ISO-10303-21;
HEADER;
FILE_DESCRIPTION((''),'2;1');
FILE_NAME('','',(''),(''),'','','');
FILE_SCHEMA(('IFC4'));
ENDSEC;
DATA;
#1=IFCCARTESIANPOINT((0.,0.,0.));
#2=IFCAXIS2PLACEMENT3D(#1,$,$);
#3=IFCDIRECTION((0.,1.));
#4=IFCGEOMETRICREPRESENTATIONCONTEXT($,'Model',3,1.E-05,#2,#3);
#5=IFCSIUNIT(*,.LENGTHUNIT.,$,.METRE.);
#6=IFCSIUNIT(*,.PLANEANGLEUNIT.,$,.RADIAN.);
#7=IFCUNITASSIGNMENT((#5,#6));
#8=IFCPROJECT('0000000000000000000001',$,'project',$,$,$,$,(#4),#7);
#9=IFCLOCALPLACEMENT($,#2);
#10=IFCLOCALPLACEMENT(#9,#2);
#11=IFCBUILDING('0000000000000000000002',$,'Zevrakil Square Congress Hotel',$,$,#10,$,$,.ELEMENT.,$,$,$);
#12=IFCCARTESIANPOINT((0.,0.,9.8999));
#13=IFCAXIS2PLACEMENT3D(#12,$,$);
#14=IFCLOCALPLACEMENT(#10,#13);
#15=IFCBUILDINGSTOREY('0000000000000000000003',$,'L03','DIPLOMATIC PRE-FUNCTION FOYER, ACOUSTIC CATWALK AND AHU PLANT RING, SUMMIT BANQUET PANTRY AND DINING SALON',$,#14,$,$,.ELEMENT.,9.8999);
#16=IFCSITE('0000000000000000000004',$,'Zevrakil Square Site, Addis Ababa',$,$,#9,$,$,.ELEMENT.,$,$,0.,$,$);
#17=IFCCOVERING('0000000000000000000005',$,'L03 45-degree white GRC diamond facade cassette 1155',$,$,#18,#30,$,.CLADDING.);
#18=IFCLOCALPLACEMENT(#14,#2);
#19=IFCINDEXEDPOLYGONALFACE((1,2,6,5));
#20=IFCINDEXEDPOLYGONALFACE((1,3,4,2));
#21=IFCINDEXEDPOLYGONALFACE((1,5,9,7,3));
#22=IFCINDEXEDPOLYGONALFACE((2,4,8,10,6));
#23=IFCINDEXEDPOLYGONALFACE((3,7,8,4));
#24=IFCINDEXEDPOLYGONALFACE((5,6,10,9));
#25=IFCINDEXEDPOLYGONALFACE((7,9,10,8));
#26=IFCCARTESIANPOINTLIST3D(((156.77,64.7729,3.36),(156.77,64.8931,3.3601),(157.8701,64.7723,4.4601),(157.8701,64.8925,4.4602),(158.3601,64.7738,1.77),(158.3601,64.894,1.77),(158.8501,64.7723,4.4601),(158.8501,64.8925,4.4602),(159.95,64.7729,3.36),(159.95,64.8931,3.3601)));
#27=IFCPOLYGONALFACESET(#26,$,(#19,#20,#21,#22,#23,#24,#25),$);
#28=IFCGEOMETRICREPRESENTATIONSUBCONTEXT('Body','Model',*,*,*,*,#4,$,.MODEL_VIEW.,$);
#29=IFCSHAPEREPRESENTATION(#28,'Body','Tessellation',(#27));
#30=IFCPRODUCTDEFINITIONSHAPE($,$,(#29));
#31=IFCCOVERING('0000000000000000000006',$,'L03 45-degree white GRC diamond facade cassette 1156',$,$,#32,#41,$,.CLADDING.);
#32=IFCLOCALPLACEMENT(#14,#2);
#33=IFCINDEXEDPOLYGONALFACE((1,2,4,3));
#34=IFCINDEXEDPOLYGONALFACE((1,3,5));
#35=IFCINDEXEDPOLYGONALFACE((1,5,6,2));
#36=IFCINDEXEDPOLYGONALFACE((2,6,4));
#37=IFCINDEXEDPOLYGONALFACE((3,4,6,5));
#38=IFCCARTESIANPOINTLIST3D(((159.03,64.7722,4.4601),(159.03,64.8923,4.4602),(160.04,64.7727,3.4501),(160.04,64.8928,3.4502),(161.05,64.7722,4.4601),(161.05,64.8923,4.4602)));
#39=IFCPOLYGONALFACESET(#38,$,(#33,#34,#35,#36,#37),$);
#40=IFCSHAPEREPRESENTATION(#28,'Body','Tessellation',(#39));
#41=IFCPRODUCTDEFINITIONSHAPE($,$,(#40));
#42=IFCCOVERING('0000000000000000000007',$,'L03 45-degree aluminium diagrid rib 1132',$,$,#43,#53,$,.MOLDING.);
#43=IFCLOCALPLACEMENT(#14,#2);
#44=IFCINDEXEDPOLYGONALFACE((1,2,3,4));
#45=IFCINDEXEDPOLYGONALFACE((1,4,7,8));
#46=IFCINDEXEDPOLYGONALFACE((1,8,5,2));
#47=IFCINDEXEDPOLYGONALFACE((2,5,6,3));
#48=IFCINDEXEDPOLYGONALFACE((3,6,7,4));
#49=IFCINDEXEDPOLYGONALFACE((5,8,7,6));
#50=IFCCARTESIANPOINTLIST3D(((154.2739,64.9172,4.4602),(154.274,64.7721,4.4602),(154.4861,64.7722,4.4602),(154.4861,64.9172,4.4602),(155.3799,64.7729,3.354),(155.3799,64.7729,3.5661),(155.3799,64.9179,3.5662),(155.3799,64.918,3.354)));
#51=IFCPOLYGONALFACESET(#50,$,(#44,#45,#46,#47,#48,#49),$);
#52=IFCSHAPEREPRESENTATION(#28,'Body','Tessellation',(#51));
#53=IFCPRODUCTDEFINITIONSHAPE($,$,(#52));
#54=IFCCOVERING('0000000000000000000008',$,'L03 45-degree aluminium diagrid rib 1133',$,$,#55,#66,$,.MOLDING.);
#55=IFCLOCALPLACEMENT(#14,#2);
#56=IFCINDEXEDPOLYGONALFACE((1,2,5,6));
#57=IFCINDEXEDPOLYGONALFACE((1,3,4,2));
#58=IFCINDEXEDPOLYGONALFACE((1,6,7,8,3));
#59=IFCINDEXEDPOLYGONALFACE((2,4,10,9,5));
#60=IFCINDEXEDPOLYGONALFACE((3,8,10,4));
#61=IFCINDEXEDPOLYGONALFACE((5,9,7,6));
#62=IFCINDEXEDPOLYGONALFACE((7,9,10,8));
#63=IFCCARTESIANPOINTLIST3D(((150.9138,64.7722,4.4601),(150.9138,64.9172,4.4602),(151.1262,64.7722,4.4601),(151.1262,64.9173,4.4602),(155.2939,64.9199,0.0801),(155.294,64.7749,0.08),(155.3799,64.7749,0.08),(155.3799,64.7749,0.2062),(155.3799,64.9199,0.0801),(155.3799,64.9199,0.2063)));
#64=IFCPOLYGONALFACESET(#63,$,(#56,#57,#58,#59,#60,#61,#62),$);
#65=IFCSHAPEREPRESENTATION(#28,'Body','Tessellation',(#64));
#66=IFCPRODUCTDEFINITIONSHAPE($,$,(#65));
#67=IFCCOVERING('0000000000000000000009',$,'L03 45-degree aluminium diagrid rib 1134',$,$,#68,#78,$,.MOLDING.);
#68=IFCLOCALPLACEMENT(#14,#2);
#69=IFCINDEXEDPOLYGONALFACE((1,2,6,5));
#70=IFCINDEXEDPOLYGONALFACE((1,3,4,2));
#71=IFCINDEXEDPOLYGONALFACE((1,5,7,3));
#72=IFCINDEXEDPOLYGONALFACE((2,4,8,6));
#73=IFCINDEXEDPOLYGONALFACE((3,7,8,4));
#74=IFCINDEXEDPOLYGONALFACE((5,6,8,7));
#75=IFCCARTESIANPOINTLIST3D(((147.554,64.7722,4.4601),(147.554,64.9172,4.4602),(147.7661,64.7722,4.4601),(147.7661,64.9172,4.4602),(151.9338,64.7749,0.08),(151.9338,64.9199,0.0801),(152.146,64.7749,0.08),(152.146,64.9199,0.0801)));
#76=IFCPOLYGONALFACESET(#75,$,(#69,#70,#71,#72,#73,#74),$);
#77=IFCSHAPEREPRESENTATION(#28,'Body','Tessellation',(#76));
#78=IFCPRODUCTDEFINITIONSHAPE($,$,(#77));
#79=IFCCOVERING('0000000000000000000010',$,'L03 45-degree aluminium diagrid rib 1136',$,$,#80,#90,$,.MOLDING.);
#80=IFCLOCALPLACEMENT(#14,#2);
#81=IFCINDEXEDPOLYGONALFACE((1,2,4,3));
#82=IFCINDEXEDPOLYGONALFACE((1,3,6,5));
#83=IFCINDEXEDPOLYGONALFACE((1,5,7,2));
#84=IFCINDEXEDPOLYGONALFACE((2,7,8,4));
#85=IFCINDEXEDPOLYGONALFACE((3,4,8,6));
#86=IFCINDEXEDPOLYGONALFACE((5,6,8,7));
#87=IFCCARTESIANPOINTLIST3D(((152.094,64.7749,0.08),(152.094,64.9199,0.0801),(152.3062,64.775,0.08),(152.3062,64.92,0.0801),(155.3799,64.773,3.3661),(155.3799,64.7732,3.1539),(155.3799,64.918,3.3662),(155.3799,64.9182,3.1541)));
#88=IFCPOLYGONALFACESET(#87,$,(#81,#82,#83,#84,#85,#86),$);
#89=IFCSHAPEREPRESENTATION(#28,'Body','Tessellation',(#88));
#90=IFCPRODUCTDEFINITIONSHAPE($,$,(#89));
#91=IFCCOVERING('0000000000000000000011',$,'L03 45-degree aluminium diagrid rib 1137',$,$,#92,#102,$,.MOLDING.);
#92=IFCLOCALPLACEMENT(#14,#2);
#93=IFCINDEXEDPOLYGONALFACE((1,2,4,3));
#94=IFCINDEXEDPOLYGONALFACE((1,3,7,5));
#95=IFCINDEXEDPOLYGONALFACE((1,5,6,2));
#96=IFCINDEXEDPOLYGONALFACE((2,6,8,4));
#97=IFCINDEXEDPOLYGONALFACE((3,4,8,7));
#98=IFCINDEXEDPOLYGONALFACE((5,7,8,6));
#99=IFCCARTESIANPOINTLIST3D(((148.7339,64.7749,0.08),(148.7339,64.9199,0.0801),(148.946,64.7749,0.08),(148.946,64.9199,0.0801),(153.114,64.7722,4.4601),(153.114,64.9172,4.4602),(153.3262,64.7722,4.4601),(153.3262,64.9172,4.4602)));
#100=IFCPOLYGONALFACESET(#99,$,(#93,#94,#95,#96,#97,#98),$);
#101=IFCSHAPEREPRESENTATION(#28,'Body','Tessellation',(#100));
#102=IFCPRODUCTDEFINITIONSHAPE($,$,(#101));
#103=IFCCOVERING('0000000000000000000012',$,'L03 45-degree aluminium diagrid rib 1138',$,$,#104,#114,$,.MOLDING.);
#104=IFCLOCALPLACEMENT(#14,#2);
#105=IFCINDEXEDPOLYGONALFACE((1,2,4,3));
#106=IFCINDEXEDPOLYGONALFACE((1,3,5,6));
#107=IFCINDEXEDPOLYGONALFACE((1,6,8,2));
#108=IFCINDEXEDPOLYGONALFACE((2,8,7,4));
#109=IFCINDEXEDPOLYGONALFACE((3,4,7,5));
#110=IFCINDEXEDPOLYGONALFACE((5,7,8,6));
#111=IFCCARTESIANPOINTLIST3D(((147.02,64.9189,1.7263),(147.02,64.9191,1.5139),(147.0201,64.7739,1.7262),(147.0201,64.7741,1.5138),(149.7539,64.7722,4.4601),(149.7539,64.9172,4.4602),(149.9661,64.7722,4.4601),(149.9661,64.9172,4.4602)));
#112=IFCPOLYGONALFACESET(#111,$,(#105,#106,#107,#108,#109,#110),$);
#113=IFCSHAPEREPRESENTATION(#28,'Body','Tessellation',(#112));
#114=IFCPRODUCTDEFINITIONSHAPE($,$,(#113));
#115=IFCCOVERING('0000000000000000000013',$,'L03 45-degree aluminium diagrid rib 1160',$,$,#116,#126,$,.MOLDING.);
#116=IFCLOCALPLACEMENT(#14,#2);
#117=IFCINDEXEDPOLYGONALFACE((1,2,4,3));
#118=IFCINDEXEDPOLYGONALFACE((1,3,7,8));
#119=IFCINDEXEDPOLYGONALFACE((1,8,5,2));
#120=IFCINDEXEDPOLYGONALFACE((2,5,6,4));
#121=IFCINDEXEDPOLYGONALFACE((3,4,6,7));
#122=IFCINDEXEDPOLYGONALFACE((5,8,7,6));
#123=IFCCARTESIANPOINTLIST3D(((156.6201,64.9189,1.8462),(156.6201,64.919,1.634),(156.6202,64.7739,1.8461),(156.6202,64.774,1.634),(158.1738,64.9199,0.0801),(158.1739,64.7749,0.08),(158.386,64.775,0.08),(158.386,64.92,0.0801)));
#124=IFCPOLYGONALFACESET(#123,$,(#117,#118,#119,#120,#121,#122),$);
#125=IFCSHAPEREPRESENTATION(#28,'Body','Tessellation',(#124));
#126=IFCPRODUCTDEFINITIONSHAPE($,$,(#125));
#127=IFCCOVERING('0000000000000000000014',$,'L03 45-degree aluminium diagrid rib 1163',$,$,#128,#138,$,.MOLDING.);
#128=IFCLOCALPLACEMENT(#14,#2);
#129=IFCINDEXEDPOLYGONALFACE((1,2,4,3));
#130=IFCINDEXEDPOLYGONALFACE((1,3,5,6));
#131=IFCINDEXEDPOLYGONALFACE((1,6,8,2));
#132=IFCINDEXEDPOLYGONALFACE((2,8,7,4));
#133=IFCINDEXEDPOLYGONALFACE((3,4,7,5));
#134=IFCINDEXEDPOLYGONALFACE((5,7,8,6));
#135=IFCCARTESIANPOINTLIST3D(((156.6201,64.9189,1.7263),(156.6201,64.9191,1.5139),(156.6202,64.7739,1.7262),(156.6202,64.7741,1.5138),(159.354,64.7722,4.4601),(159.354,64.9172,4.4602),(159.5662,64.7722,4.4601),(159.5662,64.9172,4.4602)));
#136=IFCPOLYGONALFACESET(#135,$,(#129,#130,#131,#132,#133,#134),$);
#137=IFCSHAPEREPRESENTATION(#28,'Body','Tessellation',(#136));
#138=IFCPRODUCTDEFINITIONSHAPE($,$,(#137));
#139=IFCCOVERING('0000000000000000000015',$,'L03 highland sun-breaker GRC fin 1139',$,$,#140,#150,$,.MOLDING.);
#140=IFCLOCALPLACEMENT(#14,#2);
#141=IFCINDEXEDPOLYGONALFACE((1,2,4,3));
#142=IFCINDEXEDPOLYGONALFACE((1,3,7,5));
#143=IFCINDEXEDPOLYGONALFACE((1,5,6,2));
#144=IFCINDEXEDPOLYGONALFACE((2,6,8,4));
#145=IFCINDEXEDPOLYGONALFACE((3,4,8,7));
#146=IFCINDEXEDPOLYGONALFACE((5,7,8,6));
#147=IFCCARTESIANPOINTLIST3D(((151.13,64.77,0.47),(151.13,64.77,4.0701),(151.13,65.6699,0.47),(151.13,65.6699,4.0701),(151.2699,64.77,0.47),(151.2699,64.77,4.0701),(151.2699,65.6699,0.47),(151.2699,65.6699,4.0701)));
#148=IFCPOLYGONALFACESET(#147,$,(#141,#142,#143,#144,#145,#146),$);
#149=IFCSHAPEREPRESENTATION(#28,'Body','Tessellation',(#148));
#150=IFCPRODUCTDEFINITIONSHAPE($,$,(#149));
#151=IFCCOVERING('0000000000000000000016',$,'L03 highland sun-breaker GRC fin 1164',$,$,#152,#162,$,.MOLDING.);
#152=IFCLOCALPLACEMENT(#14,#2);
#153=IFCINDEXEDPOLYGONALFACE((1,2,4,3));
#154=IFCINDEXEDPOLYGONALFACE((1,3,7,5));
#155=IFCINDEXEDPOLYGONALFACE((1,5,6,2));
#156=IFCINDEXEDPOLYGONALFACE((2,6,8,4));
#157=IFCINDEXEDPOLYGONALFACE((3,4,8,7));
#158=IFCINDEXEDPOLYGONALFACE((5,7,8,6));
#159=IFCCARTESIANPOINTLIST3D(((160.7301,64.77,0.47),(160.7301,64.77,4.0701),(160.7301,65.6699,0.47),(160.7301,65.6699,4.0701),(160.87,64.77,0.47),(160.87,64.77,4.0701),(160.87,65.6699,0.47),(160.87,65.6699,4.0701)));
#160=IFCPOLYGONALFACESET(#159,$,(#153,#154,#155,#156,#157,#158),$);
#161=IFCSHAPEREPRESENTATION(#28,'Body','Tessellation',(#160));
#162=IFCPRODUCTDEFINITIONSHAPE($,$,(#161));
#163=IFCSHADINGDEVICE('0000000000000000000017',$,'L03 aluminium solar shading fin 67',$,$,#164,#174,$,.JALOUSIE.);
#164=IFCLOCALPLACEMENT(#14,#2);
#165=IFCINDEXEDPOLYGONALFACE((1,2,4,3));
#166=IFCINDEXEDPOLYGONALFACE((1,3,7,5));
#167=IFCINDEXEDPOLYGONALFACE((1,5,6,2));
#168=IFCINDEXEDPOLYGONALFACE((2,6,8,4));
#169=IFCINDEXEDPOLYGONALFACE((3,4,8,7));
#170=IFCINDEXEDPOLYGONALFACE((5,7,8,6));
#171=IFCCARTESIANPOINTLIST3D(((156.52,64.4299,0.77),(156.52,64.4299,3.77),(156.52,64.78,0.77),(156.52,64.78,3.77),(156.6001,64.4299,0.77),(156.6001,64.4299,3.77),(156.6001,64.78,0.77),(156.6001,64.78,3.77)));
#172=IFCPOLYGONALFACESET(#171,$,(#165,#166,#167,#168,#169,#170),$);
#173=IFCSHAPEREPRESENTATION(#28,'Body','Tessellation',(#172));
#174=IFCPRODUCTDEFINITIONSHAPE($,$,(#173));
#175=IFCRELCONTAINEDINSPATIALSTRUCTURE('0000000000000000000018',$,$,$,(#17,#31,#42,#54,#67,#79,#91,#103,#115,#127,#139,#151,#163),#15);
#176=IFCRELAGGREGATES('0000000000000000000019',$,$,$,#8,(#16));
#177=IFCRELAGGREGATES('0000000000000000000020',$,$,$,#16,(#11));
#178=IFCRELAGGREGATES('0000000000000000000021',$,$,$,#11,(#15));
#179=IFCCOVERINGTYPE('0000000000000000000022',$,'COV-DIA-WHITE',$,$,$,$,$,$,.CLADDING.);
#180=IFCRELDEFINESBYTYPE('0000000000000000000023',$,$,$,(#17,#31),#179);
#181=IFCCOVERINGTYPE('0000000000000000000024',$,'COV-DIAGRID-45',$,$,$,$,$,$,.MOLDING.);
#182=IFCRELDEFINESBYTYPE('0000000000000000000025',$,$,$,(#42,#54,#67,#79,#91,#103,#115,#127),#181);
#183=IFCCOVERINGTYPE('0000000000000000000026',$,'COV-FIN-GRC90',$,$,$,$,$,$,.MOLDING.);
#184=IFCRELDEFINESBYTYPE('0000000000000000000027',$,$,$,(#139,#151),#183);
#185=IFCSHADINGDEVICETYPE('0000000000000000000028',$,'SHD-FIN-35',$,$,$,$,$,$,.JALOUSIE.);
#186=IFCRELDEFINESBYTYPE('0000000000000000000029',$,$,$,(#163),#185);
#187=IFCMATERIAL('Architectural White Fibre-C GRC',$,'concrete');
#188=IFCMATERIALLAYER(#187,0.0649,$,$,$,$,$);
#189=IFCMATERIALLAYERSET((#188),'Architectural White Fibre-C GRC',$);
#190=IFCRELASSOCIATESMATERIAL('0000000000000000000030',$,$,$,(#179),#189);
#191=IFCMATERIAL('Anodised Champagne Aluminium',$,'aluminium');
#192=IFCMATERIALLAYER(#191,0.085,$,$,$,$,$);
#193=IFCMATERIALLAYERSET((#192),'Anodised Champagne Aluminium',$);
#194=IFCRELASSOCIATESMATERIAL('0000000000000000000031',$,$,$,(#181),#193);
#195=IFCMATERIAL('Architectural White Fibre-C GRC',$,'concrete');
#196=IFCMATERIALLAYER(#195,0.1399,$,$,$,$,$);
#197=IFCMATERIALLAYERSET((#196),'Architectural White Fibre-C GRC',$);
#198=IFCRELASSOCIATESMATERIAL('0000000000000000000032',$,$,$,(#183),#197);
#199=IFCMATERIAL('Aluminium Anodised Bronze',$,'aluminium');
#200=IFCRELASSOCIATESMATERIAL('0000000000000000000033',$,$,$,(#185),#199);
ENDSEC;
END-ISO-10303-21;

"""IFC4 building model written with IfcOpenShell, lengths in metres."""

from ifc_helpers import new_model, si_unit, direction, frame, origin, origin_2d, place, context, subcontext, project, spatial, polyline, rectangle, outline, extrude, material, layer, layer_set, type_object, element, save


model = new_model("IFC4")

# Units and contexts
model_context = context("Model", 3, precision=1e-05, world=origin(), true_north=direction((0.0, 1.0)))
body_context = subcontext(model_context, "Body", "Model", "MODEL_VIEW")
ifc_project = project(units=[si_unit("LENGTHUNIT", "METRE"), si_unit("PLANEANGLEUNIT", "RADIAN")], contexts=[model_context])

# Site, building, storey
site_placement = place(None, origin())
site = spatial("IfcSite", under=ifc_project, at=site_placement, Name="Zevrakil Square Site, Addis Ababa", CompositionType="ELEMENT", RefElevation=0.0)
building_placement = place(site_placement, origin())
building = spatial("IfcBuilding", under=site, at=building_placement, Name="Zevrakil Square Congress Hotel", CompositionType="ELEMENT")
storey_placement = place(building_placement, frame((0.0, 0.0, 9.8999)))
storey = spatial("IfcBuildingStorey", under=building, at=storey_placement, Name="L03", Description="DIPLOMATIC PRE-FUNCTION FOYER, ACOUSTIC CATWALK AND AHU PLANT RING, SUMMIT BANQUET PANTRY AND DINING SALON", CompositionType="ELEMENT", Elevation=9.8999)

# Coverings
ifc_material_1 = material(Name="Architectural White Fibre-C GRC", Category="concrete")
ifc_layer_1 = layer(ifc_material_1, 0.0649)
ifc_layer_set_1 = layer_set([ifc_layer_1], Name="Architectural White Fibre-C GRC")
covering_type_1 = type_object("IfcCoveringType", Name="COV-DIA-WHITE", PredefinedType="CLADDING", material=ifc_layer_set_1)
covering_1_placement = place(storey_placement, frame((156.77, 64.8931, 3.3601), z_axis=(0.0, 1.0, 0.000558), x_axis=(0.707107, 0.000395, -0.707107)))
element("IfcCovering", 1, at=covering_1_placement, inside=storey, type_object=covering_type_1, Name="L03 45-degree white GRC diamond facade cassette 1155", PredefinedType="CLADDING", context=body_context, shape_type="SweptSolid", body=[
    extrude(outline(polyline([(0.0, 0.0), (2.2487, 0.0), (2.2486, -2.2486), (0.693, -2.2487), (0.0, -1.5558), (0.0, 0.0)])), origin(), (0.0, 0.0, -1.0), 0.1201),
])
covering_2_placement = place(storey_placement, frame((160.04, 64.8928, 3.4502), z_axis=(0.0, 1.0, 0.000483), x_axis=(0.707107, -0.000342, 0.707107)))
element("IfcCovering", 2, at=covering_2_placement, inside=storey, type_object=covering_type_1, Name="L03 45-degree white GRC diamond facade cassette 1156", PredefinedType="CLADDING", context=body_context, shape_type="SweptSolid", body=[
    extrude(outline(polyline([(0.0, 0.0), (1.4284, 0.0), (0.0, -1.4284), (0.0, 0.0)])), origin(), (0.0, 0.0, -1.0), 0.1201),
])
ifc_material_2 = material(Name="Anodised Champagne Aluminium", Category="aluminium")
ifc_layer_2 = layer(ifc_material_2, 0.085)
ifc_layer_set_2 = layer_set([ifc_layer_2], Name="Anodised Champagne Aluminium")
covering_type_2 = type_object("IfcCoveringType", Name="COV-DIAGRID-45", PredefinedType="MOLDING", material=ifc_layer_set_2)
covering_3_placement = place(storey_placement, frame((155.3799, 64.918, 3.354), z_axis=(-0.000366, 1.0, 0.000366), x_axis=(0.0, -0.000366, 1.0)))
element("IfcCovering", 3, at=covering_3_placement, inside=storey, type_object=covering_type_2, Name="L03 45-degree aluminium diagrid rib 1132", PredefinedType="MOLDING", context=body_context, shape_type="SweptSolid", body=[
    extrude(outline(polyline([(0.0, 0.0), (0.2122, 0.0), (1.1062, -0.8938), (1.1062, -1.106), (0.0, 0.0)])), origin(), (0.0, 0.0, -1.0), 0.145),
])
covering_4_placement = place(storey_placement, frame((155.2939, 64.9199, 0.0801), z_axis=(-0.000184, 1.0, 0.000435), x_axis=(1.0, 0.000184, 0.0)))
element("IfcCovering", 4, at=covering_4_placement, inside=storey, type_object=covering_type_2, Name="L03 45-degree aluminium diagrid rib 1133", PredefinedType="MOLDING", context=body_context, shape_type="SweptSolid", body=[
    extrude(outline(polyline([(0.0, 0.0), (0.0859, 0.0), (0.0859, -0.1262), (-4.1677, -4.3801), (-4.3801, -4.3801), (0.0, 0.0)])), origin(), (0.0, 0.0, -1.0), 0.145),
])
covering_5_placement = place(storey_placement, frame((151.9338, 64.9199, 0.0801), z_axis=(0.0, 1.0, 0.000613), x_axis=(1.0, 0.0, 0.0)))
element("IfcCovering", 5, at=covering_5_placement, inside=storey, type_object=covering_type_2, Name="L03 45-degree aluminium diagrid rib 1134", PredefinedType="MOLDING", context=body_context, shape_type="SweptSolid", body=[
    extrude(outline(polyline([(0.0, 0.0), (0.2122, 0.0), (-4.1677, -4.3801), (-4.3799, -4.3801), (0.0, 0.0)])), origin(), (0.0, 0.0, -1.0), 0.145),
])
covering_6_placement = place(storey_placement, frame((155.3799, 64.9182, 3.1541), z_axis=(-0.000287, 1.0, 0.000863), x_axis=(0.0, -0.000863, 1.0)))
element("IfcCovering", 6, at=covering_6_placement, inside=storey, type_object=covering_type_2, Name="L03 45-degree aluminium diagrid rib 1136", PredefinedType="MOLDING", context=body_context, shape_type="SweptSolid", body=[
    extrude(outline(polyline([(0.0, 0.0), (0.2122, 0.0), (-3.074, -3.2859), (-3.074, -3.0737), (0.0, 0.0)])), origin(), (0.0, 0.0, -1.0), 0.145),
])
covering_7_placement = place(storey_placement, frame((153.3262, 64.9172, 4.4602), z_axis=(0.0, 1.0, 0.000613), x_axis=(-1.0, 0.0, 0.0)))
element("IfcCovering", 7, at=covering_7_placement, inside=storey, type_object=covering_type_2, Name="L03 45-degree aluminium diagrid rib 1137", PredefinedType="MOLDING", context=body_context, shape_type="SweptSolid", body=[
    extrude(outline(polyline([(0.0, 0.0), (0.2122, 0.0), (4.5923, -4.3801), (4.3801, -4.3801), (0.0, 0.0)])), origin(), (0.0, 0.0, -1.0), 0.145),
])
covering_8_placement = place(storey_placement, frame((149.9661, 64.9172, 4.4602), z_axis=(-0.000253, 1.0, 0.000897), x_axis=(-1.0, -0.000253, 0.0)))
element("IfcCovering", 8, at=covering_8_placement, inside=storey, type_object=covering_type_2, Name="L03 45-degree aluminium diagrid rib 1138", PredefinedType="MOLDING", context=body_context, shape_type="SweptSolid", body=[
    extrude(outline(polyline([(0.0, 0.0), (0.2122, 0.0), (2.946, -2.7339), (2.946, -2.9463), (0.0, 0.0)])), origin(), (0.0, 0.0, -1.0), 0.145),
])
covering_9_placement = place(storey_placement, frame((158.1738, 64.9199, 0.0801), z_axis=(-0.000294, 1.0, 0.000294), x_axis=(1.0, 0.000294, 0.0)))
element("IfcCovering", 9, at=covering_9_placement, inside=storey, type_object=covering_type_2, Name="L03 45-degree aluminium diagrid rib 1160", PredefinedType="MOLDING", context=body_context, shape_type="SweptSolid", body=[
    extrude(outline(polyline([(0.0, 0.0), (0.2122, 0.0), (-1.5537, -1.7661), (-1.5537, -1.554), (0.0, 0.0)])), origin(), (0.0, 0.0, -1.0), 0.145),
])
covering_10_placement = place(storey_placement, frame((159.5662, 64.9172, 4.4602), z_axis=(-0.000253, 1.0, 0.000897), x_axis=(-1.0, -0.000253, 0.0)))
element("IfcCovering", 10, at=covering_10_placement, inside=storey, type_object=covering_type_2, Name="L03 45-degree aluminium diagrid rib 1163", PredefinedType="MOLDING", context=body_context, shape_type="SweptSolid", body=[
    extrude(outline(polyline([(0.0, 0.0), (0.2122, 0.0), (2.946, -2.7339), (2.946, -2.9463), (0.0, 0.0)])), origin(), (0.0, 0.0, -1.0), 0.145),
])
ifc_material_3 = material(Name="Architectural White Fibre-C GRC", Category="concrete")
ifc_layer_3 = layer(ifc_material_3, 0.1399)
ifc_layer_set_3 = layer_set([ifc_layer_3], Name="Architectural White Fibre-C GRC")
covering_type_3 = type_object("IfcCoveringType", Name="COV-FIN-GRC90", PredefinedType="MOLDING", material=ifc_layer_set_3)
for number, where, z_axis, x_axis, name in (
    (11, (151.2, 65.22, 0.47), (0.0, 0.0, 1.0), (0.0, 1.0, 0.0), "L03 highland sun-breaker GRC fin 1139"),
    (12, (160.8, 65.22, 0.47), (0.0, 0.0, 1.0), (0.0, 1.0, 0.0), "L03 highland sun-breaker GRC fin 1164"),
):
    element("IfcCovering", number, at=place(storey_placement, frame(where, z_axis=z_axis, x_axis=x_axis)), inside=storey, type_object=covering_type_3, Name=name, PredefinedType="MOLDING", context=body_context, shape_type="SweptSolid", body=[
        extrude(rectangle(XDim=0.8999, YDim=0.1399, at=origin_2d()), origin(), (0.0, 0.0, 1.0), 3.6001),
    ])

# Shading device
ifc_material_4 = material(Name="Aluminium Anodised Bronze", Category="aluminium")
shading_device_type = type_object("IfcShadingDeviceType", Name="SHD-FIN-35", PredefinedType="JALOUSIE", material=ifc_material_4)
shading_device_placement = place(storey_placement, frame((156.5601, 64.605, 0.77), z_axis=(0.0, 0.0, 1.0), x_axis=(0.0, -1.0, 0.0)))
element("IfcShadingDevice", 13, at=shading_device_placement, inside=storey, type_object=shading_device_type, Name="L03 aluminium solar shading fin 67", PredefinedType="JALOUSIE", context=body_context, shape_type="SweptSolid", body=[
    extrude(rectangle(XDim=0.3501, YDim=0.0801, at=origin_2d()), origin(), (0.0, 0.0, 1.0), 3.0),
])

save(model, "model.ifc")
